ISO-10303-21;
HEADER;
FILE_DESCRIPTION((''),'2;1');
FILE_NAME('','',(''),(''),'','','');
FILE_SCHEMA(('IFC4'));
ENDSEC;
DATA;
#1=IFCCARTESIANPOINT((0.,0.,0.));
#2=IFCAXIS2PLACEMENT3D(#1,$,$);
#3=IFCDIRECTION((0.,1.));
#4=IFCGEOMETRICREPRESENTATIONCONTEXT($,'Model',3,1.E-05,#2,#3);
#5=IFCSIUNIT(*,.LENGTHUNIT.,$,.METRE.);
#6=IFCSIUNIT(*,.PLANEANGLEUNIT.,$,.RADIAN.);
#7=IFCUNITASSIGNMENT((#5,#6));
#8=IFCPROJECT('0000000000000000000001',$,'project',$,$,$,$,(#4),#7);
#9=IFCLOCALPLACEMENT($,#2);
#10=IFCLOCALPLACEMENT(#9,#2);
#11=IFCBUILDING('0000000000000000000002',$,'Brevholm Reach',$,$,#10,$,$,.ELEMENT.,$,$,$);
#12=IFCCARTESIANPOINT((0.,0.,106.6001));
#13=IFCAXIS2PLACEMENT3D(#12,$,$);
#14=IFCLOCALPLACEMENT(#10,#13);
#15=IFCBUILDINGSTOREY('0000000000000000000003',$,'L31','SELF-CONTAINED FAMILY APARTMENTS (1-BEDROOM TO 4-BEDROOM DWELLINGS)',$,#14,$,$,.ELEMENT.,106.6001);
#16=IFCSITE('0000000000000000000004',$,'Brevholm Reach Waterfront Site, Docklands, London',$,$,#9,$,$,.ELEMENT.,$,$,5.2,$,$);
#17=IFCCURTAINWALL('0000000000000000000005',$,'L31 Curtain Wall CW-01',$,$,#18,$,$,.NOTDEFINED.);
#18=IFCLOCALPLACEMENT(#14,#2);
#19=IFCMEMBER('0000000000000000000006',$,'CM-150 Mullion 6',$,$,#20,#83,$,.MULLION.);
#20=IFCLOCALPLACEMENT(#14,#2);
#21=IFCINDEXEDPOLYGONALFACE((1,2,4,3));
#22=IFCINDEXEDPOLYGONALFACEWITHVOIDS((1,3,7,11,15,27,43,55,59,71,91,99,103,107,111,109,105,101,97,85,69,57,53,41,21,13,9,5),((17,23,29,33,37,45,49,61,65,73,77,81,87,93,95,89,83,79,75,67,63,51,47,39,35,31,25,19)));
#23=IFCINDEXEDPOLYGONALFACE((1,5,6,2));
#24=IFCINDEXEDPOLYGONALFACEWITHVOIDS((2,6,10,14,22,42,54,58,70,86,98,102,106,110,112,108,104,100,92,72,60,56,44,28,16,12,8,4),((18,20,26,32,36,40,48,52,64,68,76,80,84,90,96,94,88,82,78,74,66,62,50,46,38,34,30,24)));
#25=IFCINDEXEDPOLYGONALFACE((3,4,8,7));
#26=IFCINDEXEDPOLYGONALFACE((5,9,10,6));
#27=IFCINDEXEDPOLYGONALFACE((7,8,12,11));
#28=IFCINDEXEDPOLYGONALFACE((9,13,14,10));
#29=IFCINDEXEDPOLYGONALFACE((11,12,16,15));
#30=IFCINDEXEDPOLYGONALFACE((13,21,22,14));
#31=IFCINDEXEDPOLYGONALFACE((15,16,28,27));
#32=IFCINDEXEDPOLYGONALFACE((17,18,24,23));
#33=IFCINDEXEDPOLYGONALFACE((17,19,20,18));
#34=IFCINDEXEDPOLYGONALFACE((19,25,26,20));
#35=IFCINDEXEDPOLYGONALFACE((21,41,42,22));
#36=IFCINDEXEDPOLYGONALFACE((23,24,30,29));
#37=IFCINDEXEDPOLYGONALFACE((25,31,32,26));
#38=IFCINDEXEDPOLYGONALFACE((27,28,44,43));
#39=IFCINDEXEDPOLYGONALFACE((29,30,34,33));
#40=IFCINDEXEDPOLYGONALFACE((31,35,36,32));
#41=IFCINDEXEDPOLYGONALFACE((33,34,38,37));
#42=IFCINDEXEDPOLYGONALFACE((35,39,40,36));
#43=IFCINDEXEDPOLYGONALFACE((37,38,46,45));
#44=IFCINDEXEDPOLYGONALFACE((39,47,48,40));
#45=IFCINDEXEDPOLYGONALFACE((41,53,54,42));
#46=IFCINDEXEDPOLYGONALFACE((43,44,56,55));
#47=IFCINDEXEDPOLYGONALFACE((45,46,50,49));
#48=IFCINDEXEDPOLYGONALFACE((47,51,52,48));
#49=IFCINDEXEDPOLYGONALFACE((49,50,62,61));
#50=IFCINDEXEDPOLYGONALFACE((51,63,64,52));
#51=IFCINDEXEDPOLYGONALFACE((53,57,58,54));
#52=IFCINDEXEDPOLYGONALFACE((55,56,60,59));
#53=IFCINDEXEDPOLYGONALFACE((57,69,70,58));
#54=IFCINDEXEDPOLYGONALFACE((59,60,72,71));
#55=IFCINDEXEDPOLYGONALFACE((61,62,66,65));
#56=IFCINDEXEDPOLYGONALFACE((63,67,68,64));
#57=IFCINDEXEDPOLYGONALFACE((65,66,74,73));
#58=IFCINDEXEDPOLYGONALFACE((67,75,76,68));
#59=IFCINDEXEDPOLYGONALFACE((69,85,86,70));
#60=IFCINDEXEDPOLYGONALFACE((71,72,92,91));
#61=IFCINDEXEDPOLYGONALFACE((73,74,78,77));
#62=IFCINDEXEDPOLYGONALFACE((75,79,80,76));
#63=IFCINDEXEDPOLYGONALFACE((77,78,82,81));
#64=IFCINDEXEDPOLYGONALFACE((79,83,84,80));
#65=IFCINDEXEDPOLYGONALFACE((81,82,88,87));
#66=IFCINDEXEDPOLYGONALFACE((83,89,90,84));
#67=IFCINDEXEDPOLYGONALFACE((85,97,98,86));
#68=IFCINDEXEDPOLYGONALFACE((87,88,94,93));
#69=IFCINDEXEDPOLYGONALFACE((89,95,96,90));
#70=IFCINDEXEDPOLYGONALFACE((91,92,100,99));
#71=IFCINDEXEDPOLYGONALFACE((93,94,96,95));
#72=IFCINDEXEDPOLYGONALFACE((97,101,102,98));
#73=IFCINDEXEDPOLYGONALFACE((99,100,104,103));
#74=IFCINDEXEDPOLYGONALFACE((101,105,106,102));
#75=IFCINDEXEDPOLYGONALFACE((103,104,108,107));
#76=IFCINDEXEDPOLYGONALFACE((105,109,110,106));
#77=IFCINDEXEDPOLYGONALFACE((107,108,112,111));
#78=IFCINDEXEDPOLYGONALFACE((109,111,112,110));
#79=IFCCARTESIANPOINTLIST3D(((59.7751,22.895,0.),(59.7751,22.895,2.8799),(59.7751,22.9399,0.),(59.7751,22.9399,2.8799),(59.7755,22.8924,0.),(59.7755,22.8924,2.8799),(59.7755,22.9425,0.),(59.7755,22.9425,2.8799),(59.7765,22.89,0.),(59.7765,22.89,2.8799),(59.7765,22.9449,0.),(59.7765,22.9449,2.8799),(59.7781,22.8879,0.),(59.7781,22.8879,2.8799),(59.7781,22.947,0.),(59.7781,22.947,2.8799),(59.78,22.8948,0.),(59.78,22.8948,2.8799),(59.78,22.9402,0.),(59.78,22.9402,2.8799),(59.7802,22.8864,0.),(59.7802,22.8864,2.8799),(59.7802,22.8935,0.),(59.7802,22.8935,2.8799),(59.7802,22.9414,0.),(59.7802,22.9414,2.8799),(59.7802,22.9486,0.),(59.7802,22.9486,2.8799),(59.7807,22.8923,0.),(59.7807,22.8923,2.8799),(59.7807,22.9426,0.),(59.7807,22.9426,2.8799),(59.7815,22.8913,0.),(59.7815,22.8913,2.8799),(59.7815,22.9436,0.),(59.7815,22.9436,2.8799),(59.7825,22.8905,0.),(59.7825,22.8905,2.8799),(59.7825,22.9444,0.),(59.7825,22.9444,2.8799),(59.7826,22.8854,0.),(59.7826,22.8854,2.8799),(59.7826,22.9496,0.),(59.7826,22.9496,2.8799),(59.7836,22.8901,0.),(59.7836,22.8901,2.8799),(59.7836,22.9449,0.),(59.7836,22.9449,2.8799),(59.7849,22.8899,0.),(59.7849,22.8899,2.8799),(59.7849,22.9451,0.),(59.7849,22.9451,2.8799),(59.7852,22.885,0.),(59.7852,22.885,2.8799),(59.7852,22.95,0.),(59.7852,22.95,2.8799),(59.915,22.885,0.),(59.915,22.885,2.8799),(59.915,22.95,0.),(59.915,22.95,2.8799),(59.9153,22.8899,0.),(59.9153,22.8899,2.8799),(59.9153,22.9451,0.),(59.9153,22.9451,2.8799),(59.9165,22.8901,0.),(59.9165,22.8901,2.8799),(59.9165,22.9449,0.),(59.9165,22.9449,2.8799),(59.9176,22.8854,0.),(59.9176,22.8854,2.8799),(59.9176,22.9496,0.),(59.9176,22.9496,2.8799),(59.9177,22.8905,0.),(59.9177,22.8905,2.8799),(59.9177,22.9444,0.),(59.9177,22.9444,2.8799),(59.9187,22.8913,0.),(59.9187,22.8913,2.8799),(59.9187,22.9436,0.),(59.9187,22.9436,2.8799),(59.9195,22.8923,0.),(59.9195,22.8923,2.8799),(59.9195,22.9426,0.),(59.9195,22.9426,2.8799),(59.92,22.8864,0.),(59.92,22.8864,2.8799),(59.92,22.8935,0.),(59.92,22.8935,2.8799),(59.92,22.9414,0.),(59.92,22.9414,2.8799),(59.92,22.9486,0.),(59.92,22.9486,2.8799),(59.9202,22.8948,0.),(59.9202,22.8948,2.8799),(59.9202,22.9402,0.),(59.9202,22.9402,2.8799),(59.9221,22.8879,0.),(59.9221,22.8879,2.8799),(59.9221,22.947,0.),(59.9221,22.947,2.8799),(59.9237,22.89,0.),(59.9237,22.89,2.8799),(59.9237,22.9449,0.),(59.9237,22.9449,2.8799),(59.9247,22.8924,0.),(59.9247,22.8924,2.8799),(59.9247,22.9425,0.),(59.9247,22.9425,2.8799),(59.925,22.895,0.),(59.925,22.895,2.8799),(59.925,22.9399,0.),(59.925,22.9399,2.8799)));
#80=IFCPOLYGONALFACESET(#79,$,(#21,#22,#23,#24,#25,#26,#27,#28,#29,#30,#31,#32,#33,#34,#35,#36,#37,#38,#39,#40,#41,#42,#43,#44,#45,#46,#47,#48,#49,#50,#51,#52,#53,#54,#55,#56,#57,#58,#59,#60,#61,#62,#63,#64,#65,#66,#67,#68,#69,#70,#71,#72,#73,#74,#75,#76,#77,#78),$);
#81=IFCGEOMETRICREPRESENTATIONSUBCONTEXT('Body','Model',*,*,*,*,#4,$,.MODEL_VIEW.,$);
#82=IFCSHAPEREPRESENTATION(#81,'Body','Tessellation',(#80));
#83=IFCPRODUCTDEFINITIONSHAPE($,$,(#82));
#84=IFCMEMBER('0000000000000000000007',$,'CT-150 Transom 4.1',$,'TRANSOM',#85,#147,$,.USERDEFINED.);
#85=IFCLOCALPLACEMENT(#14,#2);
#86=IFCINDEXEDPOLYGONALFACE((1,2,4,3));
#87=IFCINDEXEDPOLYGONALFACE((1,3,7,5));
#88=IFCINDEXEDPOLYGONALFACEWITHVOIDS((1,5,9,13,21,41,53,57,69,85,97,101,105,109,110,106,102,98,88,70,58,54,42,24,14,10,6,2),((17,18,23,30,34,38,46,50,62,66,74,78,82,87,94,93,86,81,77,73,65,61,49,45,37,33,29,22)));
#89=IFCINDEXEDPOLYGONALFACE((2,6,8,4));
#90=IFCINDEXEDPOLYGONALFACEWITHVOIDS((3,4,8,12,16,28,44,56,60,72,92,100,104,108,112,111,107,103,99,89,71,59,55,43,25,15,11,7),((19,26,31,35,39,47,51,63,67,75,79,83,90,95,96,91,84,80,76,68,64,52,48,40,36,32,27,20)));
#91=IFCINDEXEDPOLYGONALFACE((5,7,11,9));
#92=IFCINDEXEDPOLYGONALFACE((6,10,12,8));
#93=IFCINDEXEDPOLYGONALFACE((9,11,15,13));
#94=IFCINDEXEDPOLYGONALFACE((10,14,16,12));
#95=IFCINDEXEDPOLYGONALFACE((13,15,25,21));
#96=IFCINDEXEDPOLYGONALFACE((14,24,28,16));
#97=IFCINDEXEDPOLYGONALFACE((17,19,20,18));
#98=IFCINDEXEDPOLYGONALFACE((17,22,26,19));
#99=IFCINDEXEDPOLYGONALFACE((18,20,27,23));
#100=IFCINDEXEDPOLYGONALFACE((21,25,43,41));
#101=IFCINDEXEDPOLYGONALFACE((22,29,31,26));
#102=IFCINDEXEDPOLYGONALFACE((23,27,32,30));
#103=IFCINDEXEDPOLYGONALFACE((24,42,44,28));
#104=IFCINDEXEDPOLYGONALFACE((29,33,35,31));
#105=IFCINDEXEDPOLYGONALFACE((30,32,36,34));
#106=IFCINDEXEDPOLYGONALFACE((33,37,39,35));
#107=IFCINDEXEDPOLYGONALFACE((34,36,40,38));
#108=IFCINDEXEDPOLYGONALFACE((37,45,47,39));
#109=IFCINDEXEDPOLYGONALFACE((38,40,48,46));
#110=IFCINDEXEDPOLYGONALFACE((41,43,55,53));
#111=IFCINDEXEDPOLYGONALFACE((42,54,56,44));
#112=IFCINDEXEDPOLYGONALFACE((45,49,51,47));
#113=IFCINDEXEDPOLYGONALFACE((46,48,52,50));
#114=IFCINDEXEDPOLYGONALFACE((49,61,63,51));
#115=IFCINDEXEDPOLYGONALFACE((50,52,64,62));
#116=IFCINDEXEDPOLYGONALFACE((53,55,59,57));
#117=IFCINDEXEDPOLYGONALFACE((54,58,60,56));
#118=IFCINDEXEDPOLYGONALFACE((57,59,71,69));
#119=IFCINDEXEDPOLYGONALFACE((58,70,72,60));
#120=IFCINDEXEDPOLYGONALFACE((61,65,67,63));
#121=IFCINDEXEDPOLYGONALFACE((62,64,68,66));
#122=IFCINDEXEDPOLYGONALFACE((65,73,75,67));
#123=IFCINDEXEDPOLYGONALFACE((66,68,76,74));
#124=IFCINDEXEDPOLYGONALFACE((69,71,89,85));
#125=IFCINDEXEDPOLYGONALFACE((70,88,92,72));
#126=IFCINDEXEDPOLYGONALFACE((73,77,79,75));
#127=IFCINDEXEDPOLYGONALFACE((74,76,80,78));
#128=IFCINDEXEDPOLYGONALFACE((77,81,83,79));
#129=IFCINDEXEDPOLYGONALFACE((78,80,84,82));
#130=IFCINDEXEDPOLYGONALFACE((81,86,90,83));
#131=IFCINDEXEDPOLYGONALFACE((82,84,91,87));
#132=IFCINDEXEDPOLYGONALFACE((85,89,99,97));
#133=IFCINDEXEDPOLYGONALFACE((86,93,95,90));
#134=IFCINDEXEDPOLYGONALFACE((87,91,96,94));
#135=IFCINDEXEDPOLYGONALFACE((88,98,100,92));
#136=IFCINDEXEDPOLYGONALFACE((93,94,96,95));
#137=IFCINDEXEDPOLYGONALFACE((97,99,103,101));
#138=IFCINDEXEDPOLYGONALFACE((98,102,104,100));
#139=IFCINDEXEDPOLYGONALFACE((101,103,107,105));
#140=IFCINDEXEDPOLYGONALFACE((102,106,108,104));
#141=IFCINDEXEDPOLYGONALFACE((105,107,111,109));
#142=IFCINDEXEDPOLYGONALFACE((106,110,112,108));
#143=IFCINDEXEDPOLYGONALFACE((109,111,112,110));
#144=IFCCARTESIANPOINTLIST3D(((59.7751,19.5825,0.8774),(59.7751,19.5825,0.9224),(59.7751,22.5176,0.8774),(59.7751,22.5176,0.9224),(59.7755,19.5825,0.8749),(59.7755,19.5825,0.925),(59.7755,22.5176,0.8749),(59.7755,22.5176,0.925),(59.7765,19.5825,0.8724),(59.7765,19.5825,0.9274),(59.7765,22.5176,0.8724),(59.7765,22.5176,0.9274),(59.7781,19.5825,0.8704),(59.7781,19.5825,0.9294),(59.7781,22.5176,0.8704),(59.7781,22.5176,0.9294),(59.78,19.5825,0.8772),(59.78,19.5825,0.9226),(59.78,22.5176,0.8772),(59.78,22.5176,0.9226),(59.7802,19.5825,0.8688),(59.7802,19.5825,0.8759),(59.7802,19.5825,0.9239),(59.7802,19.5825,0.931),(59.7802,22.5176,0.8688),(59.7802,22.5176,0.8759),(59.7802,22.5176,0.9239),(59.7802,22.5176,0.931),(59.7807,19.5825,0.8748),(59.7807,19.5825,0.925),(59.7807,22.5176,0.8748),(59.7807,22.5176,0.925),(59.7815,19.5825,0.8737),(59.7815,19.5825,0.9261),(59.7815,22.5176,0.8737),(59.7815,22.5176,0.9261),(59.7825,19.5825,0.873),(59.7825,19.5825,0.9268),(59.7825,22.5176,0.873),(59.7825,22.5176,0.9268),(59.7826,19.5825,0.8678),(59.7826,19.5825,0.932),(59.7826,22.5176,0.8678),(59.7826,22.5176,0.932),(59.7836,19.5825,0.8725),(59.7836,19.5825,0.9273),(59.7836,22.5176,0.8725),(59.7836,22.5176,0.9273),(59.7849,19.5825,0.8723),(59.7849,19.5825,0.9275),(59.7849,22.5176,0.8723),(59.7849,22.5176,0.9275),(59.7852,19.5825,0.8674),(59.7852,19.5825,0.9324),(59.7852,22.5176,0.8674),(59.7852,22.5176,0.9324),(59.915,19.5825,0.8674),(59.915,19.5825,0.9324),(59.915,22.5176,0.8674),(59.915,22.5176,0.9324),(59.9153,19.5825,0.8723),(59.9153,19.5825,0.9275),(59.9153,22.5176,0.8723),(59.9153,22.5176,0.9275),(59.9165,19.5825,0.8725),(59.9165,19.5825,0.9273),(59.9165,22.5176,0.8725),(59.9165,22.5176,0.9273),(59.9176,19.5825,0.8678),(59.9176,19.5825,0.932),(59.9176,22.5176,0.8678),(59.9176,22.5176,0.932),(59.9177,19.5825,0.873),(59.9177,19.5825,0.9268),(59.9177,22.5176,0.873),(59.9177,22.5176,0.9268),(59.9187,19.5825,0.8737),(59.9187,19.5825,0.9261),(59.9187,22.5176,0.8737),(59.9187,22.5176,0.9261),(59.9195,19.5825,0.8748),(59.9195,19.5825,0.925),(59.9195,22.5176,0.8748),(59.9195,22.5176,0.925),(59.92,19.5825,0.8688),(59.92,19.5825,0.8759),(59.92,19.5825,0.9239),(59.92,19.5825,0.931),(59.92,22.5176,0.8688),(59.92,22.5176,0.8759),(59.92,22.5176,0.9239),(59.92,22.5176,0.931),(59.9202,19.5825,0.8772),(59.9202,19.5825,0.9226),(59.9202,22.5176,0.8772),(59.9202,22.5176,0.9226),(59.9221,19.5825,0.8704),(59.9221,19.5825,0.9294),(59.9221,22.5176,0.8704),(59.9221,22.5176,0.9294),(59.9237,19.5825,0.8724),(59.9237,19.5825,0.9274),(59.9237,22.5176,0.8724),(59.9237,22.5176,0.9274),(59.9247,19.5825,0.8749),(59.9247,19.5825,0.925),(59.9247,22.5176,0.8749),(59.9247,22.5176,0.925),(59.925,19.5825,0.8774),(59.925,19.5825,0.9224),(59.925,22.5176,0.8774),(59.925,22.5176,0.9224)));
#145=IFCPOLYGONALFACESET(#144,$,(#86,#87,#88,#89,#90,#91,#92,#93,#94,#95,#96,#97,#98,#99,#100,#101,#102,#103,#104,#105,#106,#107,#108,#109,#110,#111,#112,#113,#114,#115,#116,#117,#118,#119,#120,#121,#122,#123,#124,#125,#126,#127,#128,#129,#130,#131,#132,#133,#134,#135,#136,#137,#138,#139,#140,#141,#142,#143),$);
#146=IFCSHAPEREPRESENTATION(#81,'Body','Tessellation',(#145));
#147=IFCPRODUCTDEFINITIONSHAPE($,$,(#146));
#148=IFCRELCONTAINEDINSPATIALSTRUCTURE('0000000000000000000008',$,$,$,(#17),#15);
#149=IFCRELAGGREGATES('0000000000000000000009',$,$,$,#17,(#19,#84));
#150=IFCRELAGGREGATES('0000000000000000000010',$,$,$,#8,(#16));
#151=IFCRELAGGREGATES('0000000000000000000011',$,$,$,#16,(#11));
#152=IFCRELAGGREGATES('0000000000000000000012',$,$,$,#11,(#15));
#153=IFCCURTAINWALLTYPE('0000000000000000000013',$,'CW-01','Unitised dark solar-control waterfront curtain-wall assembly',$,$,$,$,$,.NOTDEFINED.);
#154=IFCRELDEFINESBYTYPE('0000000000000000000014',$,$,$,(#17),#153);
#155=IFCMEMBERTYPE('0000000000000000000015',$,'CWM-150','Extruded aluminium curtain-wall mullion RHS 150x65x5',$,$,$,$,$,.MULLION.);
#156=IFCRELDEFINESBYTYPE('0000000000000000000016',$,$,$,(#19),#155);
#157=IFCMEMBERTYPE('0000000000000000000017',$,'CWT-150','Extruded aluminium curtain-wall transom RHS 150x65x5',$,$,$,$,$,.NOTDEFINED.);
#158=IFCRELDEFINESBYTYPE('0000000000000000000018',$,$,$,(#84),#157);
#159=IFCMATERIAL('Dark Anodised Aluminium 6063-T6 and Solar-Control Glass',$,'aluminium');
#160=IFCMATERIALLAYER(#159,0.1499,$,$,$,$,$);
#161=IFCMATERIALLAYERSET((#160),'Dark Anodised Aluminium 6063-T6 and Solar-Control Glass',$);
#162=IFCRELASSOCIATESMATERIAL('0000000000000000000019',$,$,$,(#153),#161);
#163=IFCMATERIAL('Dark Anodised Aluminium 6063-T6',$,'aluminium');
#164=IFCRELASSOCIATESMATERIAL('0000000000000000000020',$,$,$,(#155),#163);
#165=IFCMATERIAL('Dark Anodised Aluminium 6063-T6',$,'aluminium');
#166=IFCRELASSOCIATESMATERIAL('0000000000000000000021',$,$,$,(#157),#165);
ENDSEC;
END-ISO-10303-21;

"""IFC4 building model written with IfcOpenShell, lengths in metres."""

from ifc_helpers import new_model, si_unit, direction, frame, origin, origin_2d, place, context, subcontext, project, spatial, hollow_rectangle, extrude, material, layer, layer_set, material_profile, profile_set, type_object, element, aggregate, save


model = new_model("IFC4")

# Units and contexts
model_context = context("Model", 3, precision=1e-05, world=origin(), true_north=direction((0.0, 1.0)))
body_context = subcontext(model_context, "Body", "Model", "MODEL_VIEW")
ifc_project = project(units=[si_unit("LENGTHUNIT", "METRE"), si_unit("PLANEANGLEUNIT", "RADIAN")], contexts=[model_context])

# Site, building, storey
site_placement = place(None, origin())
site = spatial("IfcSite", under=ifc_project, at=site_placement, Name="Brevholm Reach Waterfront Site, Docklands, London", CompositionType="ELEMENT", RefElevation=5.2)
building_placement = place(site_placement, origin())
building = spatial("IfcBuilding", under=site, at=building_placement, Name="Brevholm Reach", CompositionType="ELEMENT")
storey_placement = place(building_placement, frame((0.0, 0.0, 106.6001)))
storey = spatial("IfcBuildingStorey", under=building, at=storey_placement, Name="L31", Description="SELF-CONTAINED FAMILY APARTMENTS (1-BEDROOM TO 4-BEDROOM DWELLINGS)", CompositionType="ELEMENT", Elevation=106.6001)

# Curtain wall, members
ifc_material_1 = material(Name="Dark Anodised Aluminium 6063-T6 and Solar-Control Glass", Category="aluminium")
ifc_layer_1 = layer(ifc_material_1, 0.1499)
ifc_layer_set_1 = layer_set([ifc_layer_1], Name="Dark Anodised Aluminium 6063-T6 and Solar-Control Glass")
curtain_wall_type = type_object("IfcCurtainWallType", Name="CW-01", Description="Unitised dark solar-control waterfront curtain-wall assembly", PredefinedType="NOTDEFINED", material=ifc_layer_set_1)
curtain_wall_placement = place(storey_placement, origin())
curtain_wall = element("IfcCurtainWall", 1, at=curtain_wall_placement, inside=storey, type_object=curtain_wall_type, Name="L31 Curtain Wall CW-01", PredefinedType="NOTDEFINED")
ifc_material_2 = material(Name="Dark Anodised Aluminium 6063-T6", Category="aluminium")
ifc_material_profile_1 = material_profile(ifc_material_2, hollow_rectangle(XDim=0.0649, YDim=0.1499, WallThickness=0.0049, InnerFilletRadius=0.0049, OuterFilletRadius=0.01, at=origin_2d()), Name="RHS 150x65x5")
ifc_profile_set_1 = profile_set([ifc_material_profile_1], Name="Dark Anodised Aluminium 6063-T6")
member_type_1 = type_object("IfcMemberType", Name="CWM-150", Description="Extruded aluminium curtain-wall mullion RHS 150x65x5", PredefinedType="MULLION", material=ifc_profile_set_1)
member_1_placement = place(storey_placement, frame((59.8501, 22.9175, 0.0), z_axis=(0.0, 0.0, 1.0), x_axis=(0.0, 1.0, 0.0)))
member_1 = element("IfcMember", 2, at=member_1_placement, type_object=member_type_1, Name="CM-150 Mullion 6", PredefinedType="MULLION", context=body_context, shape_type="SweptSolid", body=[
    extrude(hollow_rectangle(XDim=0.0649, YDim=0.1499, WallThickness=0.0049, InnerFilletRadius=0.0049, OuterFilletRadius=0.01, at=origin_2d()), origin(), (0.0, 0.0, 1.0), 2.8799),
])
ifc_material_3 = material(Name="Dark Anodised Aluminium 6063-T6", Category="aluminium")
ifc_material_profile_2 = material_profile(ifc_material_3, hollow_rectangle(XDim=0.0649, YDim=0.1499, WallThickness=0.0049, InnerFilletRadius=0.0049, OuterFilletRadius=0.01, at=origin_2d()), Name="RHS 150x65x5")
ifc_profile_set_2 = profile_set([ifc_material_profile_2], Name="Dark Anodised Aluminium 6063-T6")
member_type_2 = type_object("IfcMemberType", Name="CWT-150", Description="Extruded aluminium curtain-wall transom RHS 150x65x5", PredefinedType="NOTDEFINED", material=ifc_profile_set_2)
member_2_placement = place(storey_placement, frame((59.8501, 19.5825, 0.8999), z_axis=(0.0, 1.0, 0.0), x_axis=(0.0, 0.0, 1.0)))
member_2 = element("IfcMember", 3, at=member_2_placement, type_object=member_type_2, Name="CT-150 Transom 4.1", ObjectType="TRANSOM", PredefinedType="USERDEFINED", context=body_context, shape_type="SweptSolid", body=[
    extrude(hollow_rectangle(XDim=0.0649, YDim=0.1499, WallThickness=0.0049, InnerFilletRadius=0.0049, OuterFilletRadius=0.01, at=origin_2d()), origin(), (0.0, 0.0, 1.0), 2.9351),
])
aggregate(curtain_wall, [member_1, member_2])

save(model, "model.ifc")
